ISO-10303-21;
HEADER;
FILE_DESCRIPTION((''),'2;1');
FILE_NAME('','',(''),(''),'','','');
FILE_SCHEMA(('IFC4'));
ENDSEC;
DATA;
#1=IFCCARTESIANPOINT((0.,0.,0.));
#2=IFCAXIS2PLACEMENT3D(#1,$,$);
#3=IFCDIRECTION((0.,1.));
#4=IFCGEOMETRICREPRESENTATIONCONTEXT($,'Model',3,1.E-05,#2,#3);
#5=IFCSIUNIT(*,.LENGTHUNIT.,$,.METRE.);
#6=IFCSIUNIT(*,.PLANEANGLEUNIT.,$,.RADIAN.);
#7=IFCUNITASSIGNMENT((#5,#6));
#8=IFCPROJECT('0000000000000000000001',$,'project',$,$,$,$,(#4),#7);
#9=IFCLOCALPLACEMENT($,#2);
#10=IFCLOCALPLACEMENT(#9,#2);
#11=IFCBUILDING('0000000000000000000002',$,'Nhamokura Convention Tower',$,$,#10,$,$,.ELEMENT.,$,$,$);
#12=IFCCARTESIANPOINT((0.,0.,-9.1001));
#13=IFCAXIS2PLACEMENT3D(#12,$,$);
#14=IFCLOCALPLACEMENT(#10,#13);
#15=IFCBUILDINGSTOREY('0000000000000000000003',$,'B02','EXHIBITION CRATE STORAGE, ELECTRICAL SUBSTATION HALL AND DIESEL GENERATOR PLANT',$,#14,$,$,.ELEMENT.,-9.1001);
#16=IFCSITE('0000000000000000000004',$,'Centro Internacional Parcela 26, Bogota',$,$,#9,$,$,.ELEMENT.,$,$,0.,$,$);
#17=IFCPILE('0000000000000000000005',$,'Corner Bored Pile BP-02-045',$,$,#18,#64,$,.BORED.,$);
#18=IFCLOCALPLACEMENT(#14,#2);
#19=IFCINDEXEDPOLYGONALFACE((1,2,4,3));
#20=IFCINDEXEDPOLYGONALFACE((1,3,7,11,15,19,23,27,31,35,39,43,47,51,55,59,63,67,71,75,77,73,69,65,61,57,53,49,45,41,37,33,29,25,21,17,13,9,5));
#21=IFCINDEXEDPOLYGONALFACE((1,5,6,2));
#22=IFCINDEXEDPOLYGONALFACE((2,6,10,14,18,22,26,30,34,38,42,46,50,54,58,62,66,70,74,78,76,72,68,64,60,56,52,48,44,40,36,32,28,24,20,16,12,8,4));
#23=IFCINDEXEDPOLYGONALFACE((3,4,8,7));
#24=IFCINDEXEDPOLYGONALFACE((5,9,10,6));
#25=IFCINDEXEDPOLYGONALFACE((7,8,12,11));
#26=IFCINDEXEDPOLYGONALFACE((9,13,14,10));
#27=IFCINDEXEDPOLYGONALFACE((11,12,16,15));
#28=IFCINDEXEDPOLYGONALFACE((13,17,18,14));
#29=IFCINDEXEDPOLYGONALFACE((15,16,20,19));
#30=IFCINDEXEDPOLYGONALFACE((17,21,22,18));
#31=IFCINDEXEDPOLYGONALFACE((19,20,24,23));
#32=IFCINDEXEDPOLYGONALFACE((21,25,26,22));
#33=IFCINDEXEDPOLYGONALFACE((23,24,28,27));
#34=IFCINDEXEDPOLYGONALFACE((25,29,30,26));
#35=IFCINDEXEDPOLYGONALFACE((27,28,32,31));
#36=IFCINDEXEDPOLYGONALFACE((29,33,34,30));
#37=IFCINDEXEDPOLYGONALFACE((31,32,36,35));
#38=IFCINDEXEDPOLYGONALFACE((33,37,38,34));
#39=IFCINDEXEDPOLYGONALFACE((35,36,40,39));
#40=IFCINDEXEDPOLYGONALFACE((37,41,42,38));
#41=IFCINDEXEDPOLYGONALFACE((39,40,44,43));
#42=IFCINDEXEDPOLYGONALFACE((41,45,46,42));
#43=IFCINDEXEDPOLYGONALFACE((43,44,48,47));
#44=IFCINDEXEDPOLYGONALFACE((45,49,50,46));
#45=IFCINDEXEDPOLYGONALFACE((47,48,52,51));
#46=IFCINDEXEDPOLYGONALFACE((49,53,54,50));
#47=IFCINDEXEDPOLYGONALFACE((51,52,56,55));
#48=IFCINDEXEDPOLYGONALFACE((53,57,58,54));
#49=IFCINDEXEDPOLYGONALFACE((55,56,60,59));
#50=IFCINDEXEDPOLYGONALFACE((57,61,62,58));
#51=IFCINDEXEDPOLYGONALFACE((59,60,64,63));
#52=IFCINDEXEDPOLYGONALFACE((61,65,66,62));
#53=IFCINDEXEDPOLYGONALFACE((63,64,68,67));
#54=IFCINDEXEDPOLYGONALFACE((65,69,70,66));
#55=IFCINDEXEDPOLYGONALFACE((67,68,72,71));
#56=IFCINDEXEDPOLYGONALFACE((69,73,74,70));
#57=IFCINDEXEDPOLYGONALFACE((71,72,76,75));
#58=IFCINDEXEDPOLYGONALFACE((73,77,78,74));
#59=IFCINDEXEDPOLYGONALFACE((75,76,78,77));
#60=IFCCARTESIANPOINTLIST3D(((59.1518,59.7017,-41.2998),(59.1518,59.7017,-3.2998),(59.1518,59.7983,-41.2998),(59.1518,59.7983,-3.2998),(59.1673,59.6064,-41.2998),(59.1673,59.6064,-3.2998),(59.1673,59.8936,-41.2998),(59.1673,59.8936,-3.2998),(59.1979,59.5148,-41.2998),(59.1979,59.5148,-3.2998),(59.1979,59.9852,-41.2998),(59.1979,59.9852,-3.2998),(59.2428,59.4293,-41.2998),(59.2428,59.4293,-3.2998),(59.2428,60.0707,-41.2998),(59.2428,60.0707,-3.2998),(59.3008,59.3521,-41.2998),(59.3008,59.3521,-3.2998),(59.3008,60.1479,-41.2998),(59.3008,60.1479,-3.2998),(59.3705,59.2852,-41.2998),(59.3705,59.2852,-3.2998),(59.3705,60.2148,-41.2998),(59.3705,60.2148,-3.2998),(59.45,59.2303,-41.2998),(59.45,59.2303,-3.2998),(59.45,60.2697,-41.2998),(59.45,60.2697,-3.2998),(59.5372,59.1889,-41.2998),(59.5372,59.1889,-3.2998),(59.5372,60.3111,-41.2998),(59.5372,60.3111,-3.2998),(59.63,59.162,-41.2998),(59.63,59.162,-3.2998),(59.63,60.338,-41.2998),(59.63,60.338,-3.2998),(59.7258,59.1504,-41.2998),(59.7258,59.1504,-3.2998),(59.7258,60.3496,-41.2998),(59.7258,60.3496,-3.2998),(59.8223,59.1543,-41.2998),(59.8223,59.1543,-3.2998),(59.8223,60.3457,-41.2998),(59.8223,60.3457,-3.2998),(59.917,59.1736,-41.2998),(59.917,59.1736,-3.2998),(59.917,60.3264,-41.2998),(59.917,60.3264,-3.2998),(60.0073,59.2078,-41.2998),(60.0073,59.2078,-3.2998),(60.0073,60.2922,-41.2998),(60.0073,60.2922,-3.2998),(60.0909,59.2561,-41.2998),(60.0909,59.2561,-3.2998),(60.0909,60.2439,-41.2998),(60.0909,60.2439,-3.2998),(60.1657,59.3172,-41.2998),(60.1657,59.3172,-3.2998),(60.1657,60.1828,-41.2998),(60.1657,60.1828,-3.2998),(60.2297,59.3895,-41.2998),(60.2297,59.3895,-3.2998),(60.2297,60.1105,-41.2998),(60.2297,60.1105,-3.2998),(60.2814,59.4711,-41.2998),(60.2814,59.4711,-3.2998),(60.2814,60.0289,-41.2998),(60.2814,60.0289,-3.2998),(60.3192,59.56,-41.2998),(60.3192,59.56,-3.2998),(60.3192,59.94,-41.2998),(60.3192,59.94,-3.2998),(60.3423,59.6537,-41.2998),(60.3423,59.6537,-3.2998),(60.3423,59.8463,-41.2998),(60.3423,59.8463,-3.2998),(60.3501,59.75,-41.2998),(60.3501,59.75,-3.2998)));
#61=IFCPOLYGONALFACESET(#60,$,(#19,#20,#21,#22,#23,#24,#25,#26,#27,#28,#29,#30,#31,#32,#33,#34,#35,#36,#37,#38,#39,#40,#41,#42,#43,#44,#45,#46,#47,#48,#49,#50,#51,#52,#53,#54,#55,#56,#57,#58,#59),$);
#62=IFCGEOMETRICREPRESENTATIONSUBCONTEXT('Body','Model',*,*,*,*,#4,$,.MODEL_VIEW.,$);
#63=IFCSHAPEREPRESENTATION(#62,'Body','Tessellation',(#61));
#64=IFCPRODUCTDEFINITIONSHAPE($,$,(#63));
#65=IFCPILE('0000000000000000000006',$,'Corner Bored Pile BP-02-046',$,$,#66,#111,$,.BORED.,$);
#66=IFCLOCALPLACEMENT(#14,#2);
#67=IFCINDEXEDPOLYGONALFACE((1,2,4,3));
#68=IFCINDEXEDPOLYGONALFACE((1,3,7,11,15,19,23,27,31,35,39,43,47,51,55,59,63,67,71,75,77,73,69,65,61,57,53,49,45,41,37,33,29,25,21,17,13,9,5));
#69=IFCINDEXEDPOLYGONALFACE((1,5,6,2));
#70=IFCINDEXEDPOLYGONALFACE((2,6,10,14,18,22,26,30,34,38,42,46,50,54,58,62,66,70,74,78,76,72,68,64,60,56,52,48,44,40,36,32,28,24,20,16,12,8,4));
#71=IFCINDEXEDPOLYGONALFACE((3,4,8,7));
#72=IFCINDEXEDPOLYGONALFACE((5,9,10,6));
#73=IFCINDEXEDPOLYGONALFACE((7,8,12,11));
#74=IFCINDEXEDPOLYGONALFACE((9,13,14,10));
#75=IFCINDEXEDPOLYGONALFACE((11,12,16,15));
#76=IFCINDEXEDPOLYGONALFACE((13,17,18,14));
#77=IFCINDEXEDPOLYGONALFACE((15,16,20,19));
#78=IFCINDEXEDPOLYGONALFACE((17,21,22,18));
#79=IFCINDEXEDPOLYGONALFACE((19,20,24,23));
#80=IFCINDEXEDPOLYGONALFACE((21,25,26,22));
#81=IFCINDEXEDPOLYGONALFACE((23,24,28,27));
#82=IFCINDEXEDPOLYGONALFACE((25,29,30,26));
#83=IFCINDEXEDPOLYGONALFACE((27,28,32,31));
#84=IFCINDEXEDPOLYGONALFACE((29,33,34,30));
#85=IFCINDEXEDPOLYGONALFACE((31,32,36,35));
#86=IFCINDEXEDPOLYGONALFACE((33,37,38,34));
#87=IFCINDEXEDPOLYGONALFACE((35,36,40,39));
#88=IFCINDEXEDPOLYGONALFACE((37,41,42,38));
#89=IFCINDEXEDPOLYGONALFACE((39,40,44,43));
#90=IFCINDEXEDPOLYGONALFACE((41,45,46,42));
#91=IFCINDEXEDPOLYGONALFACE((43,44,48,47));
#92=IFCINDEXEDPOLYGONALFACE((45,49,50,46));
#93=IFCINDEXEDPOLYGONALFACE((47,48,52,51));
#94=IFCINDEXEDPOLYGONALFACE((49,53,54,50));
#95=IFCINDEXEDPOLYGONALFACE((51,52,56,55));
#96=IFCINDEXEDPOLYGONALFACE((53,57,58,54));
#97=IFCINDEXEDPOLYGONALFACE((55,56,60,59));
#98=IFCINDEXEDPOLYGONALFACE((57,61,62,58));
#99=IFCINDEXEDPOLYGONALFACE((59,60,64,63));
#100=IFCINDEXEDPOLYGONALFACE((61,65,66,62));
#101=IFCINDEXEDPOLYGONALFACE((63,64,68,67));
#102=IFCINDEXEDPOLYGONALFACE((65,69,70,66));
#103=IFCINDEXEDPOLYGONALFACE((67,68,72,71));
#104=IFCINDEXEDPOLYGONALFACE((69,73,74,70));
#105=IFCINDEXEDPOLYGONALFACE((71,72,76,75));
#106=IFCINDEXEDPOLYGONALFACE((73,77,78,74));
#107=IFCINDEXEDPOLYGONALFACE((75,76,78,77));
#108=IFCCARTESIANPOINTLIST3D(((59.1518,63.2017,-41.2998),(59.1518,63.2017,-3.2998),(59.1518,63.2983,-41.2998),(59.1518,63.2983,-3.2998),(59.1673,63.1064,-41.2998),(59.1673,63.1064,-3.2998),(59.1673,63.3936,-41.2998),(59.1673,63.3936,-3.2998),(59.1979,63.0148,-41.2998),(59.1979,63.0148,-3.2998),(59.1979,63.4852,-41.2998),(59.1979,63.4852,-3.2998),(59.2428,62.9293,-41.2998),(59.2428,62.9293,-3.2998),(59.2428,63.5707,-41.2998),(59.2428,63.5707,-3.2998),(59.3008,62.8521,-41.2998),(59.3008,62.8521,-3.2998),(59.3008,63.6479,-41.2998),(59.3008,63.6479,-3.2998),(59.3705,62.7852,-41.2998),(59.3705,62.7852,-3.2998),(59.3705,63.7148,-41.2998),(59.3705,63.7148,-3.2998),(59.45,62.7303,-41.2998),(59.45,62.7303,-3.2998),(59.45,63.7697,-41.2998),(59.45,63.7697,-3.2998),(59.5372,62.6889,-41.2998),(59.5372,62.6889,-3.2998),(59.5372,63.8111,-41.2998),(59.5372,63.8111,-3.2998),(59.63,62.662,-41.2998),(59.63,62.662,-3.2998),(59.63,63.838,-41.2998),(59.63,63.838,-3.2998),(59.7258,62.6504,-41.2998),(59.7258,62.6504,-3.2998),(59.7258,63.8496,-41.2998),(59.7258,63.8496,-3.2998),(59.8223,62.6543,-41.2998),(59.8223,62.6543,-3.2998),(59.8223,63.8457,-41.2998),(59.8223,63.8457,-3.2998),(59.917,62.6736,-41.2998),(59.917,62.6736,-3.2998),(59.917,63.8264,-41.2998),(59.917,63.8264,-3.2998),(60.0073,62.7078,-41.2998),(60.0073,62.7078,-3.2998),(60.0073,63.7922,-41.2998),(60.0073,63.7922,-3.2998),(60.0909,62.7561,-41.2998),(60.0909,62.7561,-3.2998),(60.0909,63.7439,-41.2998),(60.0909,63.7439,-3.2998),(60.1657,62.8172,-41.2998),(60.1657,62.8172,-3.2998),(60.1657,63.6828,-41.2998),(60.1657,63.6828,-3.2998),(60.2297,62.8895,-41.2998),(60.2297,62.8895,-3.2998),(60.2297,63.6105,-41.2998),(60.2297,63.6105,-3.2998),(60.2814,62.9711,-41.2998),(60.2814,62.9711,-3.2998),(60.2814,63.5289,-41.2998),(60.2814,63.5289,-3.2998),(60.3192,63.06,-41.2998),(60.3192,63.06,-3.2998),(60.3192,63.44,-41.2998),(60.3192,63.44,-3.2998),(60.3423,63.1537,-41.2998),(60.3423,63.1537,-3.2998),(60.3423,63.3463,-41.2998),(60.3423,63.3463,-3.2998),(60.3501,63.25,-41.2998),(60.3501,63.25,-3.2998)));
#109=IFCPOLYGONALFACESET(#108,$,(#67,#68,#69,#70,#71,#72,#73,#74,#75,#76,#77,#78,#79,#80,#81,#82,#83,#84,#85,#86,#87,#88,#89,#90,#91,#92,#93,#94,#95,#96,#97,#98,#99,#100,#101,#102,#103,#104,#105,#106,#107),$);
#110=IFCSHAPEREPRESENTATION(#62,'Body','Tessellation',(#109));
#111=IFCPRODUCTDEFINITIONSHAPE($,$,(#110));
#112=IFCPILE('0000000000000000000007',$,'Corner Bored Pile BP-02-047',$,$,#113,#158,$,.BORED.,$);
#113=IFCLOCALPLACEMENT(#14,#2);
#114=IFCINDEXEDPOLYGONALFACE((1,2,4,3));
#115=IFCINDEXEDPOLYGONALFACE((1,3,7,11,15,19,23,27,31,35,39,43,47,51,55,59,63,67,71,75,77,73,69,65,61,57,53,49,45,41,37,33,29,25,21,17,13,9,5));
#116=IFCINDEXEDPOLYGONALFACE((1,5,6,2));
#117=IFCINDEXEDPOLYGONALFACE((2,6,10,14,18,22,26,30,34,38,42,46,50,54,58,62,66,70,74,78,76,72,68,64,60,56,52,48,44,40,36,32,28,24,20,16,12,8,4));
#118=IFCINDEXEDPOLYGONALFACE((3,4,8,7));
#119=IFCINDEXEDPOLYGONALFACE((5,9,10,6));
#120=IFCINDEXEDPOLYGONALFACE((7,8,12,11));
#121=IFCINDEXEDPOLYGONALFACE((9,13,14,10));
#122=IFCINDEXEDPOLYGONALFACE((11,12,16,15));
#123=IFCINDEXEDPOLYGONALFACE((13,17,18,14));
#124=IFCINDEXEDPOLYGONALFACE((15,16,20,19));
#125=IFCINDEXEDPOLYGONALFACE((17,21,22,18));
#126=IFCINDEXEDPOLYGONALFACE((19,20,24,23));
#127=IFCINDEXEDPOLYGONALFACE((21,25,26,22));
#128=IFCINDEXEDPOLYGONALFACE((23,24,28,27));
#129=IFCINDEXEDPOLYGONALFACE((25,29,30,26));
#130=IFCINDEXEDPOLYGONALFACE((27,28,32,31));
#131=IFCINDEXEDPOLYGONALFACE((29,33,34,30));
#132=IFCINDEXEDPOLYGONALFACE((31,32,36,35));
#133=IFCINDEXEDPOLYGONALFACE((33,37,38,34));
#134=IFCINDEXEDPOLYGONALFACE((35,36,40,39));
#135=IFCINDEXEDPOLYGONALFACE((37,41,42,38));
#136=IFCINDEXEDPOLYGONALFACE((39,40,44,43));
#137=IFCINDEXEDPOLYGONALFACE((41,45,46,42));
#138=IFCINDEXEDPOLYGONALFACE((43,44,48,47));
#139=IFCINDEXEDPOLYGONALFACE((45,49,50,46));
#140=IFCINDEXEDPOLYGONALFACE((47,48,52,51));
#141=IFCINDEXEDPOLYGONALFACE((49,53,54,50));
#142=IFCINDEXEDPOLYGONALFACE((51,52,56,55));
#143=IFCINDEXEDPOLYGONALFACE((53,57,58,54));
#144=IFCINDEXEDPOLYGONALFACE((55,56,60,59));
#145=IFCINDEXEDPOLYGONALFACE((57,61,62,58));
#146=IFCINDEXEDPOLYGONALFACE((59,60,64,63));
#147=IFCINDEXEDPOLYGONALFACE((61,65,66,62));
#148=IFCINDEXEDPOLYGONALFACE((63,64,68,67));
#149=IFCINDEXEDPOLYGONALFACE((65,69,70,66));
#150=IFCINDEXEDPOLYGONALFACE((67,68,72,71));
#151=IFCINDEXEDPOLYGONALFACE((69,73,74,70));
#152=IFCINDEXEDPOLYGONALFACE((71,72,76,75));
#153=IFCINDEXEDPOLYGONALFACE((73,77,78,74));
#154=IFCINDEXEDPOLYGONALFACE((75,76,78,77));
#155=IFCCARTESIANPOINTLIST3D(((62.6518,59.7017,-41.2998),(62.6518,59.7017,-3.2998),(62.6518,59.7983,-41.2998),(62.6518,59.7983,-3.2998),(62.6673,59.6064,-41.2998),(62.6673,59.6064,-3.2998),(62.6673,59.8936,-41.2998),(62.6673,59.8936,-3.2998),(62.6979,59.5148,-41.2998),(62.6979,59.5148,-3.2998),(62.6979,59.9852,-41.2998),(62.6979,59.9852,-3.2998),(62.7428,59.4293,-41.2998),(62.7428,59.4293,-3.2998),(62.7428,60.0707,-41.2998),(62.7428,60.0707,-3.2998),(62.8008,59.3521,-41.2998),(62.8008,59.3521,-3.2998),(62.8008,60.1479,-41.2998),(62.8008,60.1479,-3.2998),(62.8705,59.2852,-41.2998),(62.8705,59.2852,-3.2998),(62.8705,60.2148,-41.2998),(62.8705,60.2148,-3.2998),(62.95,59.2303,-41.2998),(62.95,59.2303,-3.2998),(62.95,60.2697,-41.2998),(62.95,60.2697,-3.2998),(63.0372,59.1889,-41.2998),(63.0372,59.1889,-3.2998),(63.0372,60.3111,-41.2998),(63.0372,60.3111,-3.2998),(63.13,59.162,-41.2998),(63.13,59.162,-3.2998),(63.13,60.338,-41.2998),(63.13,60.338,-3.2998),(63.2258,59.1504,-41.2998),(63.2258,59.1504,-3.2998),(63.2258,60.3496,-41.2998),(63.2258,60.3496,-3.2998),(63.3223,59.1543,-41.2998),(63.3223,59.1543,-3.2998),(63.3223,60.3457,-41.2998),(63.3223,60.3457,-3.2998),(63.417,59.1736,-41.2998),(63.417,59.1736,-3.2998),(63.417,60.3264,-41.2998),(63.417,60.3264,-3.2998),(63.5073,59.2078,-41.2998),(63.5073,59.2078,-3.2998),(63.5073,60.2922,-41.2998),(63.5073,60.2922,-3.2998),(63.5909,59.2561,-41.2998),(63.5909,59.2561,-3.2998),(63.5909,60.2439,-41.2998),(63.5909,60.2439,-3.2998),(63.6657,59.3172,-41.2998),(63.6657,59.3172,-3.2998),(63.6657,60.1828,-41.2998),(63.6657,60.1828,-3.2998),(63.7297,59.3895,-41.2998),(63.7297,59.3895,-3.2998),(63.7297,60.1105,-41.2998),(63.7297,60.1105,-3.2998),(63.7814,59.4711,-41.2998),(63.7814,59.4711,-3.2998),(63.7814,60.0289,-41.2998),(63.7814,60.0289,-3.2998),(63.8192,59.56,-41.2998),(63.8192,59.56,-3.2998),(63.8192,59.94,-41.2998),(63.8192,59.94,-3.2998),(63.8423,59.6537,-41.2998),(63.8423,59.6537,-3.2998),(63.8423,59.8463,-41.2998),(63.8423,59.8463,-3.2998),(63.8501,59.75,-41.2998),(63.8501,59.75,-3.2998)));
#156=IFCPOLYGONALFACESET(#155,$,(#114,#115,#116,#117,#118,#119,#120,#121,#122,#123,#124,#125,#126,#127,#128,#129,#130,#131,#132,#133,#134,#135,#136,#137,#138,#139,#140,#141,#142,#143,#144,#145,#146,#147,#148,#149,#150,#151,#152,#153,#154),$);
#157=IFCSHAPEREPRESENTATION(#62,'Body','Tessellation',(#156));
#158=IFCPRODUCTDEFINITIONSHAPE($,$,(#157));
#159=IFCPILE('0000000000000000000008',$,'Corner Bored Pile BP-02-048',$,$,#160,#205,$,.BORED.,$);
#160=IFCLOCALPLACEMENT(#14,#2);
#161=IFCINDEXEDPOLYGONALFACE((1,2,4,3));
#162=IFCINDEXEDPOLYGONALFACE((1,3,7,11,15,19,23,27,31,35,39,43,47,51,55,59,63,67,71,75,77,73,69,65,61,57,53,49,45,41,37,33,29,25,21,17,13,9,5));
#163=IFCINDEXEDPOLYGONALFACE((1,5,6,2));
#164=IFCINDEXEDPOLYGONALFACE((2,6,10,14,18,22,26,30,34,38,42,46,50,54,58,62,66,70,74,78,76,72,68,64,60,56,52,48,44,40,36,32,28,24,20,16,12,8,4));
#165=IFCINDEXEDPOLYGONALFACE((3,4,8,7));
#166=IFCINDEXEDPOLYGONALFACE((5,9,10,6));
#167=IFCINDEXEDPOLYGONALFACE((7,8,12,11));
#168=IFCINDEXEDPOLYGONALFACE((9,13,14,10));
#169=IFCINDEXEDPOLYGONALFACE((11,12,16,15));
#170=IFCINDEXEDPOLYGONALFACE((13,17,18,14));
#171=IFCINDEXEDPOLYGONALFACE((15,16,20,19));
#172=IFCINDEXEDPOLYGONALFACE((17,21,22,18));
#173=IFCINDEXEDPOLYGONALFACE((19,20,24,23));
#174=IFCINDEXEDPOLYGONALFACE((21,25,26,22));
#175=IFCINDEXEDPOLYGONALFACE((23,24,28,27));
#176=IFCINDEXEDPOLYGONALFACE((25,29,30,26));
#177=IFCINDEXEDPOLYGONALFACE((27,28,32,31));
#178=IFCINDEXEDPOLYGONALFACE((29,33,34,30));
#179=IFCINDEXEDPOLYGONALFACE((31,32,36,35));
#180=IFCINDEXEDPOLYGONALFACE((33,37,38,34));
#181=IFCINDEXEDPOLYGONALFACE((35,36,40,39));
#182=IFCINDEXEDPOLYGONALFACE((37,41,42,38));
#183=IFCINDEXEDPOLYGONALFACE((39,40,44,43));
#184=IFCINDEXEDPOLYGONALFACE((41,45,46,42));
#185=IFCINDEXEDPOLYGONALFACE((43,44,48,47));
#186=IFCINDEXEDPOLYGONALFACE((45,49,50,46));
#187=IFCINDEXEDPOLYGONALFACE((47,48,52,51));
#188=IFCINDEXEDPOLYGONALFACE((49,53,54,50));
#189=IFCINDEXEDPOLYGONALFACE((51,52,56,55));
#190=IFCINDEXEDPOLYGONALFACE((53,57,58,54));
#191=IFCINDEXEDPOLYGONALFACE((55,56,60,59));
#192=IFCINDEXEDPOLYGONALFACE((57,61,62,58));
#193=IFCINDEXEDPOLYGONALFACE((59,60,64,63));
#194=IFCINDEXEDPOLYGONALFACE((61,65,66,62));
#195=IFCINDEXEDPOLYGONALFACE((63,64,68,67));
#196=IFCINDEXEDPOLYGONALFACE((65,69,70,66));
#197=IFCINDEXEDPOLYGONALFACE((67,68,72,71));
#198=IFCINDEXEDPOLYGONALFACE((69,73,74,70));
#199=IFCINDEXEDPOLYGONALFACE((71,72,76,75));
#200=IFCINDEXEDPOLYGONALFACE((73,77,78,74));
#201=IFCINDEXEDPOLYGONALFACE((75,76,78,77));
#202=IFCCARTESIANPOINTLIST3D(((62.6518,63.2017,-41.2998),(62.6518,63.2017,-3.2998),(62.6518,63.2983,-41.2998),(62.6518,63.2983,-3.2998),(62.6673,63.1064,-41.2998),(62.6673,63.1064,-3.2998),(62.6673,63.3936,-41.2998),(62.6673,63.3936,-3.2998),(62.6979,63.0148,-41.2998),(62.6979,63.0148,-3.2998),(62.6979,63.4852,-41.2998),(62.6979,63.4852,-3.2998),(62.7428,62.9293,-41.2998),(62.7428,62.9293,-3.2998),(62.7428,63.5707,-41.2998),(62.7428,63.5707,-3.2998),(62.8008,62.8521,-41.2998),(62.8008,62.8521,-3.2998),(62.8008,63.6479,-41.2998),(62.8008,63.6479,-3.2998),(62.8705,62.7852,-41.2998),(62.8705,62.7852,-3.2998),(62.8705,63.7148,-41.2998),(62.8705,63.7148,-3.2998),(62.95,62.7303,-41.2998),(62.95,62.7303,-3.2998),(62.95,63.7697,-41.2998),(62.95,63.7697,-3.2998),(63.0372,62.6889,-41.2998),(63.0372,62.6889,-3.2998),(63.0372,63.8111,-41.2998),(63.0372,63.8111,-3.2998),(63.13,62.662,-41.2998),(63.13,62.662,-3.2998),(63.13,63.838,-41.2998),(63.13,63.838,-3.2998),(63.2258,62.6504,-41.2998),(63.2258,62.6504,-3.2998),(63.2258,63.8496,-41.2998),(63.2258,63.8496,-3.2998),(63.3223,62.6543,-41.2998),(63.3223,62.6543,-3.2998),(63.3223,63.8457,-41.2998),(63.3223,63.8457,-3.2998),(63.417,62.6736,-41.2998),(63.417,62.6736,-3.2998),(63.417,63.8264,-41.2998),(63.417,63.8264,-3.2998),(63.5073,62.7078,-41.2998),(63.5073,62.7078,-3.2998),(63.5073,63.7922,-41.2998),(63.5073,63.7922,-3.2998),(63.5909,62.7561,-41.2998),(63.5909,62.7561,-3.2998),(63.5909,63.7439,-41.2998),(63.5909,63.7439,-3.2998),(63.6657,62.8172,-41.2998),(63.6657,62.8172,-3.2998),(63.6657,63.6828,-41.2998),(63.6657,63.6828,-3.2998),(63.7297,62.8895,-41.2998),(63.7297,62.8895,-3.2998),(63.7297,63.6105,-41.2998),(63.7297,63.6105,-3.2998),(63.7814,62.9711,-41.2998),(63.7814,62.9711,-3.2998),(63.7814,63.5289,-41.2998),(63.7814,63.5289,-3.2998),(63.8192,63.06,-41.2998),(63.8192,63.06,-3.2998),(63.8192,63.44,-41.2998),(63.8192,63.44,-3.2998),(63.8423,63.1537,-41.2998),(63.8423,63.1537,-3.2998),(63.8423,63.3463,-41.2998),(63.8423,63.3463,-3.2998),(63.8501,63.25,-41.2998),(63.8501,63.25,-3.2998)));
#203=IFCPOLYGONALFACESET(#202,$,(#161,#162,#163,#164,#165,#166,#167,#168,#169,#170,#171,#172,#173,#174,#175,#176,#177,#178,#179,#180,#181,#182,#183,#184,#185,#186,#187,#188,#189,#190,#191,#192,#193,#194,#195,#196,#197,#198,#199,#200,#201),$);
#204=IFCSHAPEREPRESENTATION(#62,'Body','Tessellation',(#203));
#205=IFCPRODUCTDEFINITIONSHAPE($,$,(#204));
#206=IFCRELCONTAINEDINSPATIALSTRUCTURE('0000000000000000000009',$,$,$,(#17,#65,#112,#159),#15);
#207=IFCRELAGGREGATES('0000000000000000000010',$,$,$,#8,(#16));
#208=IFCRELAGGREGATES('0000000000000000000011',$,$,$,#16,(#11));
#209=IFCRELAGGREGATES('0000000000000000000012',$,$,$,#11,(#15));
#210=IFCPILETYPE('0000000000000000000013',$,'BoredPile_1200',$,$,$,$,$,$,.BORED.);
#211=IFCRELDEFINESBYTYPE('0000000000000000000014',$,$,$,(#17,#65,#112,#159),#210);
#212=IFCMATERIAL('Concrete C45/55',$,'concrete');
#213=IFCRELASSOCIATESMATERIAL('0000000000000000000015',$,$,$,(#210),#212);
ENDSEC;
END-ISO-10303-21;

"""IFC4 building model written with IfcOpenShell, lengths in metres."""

from ifc_helpers import new_model, si_unit, direction, frame, origin, origin_2d, place, context, subcontext, project, spatial, circle, extrude, material, material_profile, profile_set, type_object, element, save


model = new_model("IFC4")

# Units and contexts
model_context = context("Model", 3, precision=1e-05, world=origin(), true_north=direction((0.0, 1.0)))
body_context = subcontext(model_context, "Body", "Model", "MODEL_VIEW")
ifc_project = project(units=[si_unit("LENGTHUNIT", "METRE"), si_unit("PLANEANGLEUNIT", "RADIAN")], contexts=[model_context])

# Site, building, storey
site_placement = place(None, origin())
site = spatial("IfcSite", under=ifc_project, at=site_placement, Name="Centro Internacional Parcela 26, Bogota", CompositionType="ELEMENT", RefElevation=0.0)
building_placement = place(site_placement, origin())
building = spatial("IfcBuilding", under=site, at=building_placement, Name="Nhamokura Convention Tower", CompositionType="ELEMENT")
storey_placement = place(building_placement, frame((0.0, 0.0, -9.1001)))
storey = spatial("IfcBuildingStorey", under=building, at=storey_placement, Name="B02", Description="EXHIBITION CRATE STORAGE, ELECTRICAL SUBSTATION HALL AND DIESEL GENERATOR PLANT", CompositionType="ELEMENT", Elevation=-9.1001)

# Piles
ifc_material_1 = material(Name="Concrete C45/55", Category="concrete")
ifc_material_profile_1 = material_profile(ifc_material_1, circle(Radius=0.6001, at=origin_2d()))
ifc_profile_set_1 = profile_set([ifc_material_profile_1], Name="Concrete C45/55")
pile_type = type_object("IfcPileType", Name="BoredPile_1200", PredefinedType="BORED", material=ifc_profile_set_1)
for number, where, z_axis, x_axis, name in (
    (1, (59.75, 59.75, -3.2998), (0.0, 0.0, -1.0), (1.0, 0.0, 0.0), "Corner Bored Pile BP-02-045"),
    (2, (59.75, 63.25, -3.2998), (0.0, 0.0, -1.0), (1.0, 0.0, 0.0), "Corner Bored Pile BP-02-046"),
    (3, (63.25, 59.75, -3.2998), (0.0, 0.0, -1.0), (1.0, 0.0, 0.0), "Corner Bored Pile BP-02-047"),
    (4, (63.25, 63.25, -3.2998), (0.0, 0.0, -1.0), (1.0, 0.0, 0.0), "Corner Bored Pile BP-02-048"),
):
    element("IfcPile", number, at=place(storey_placement, frame(where, z_axis=z_axis, x_axis=x_axis)), inside=storey, type_object=pile_type, Name=name, PredefinedType="BORED", context=body_context, shape_type="SweptSolid", body=[
        extrude(circle(Radius=0.6001, at=origin_2d()), origin(), (0.0, 0.0, 1.0), 38.0),
    ])

save(model, "model.ifc")
